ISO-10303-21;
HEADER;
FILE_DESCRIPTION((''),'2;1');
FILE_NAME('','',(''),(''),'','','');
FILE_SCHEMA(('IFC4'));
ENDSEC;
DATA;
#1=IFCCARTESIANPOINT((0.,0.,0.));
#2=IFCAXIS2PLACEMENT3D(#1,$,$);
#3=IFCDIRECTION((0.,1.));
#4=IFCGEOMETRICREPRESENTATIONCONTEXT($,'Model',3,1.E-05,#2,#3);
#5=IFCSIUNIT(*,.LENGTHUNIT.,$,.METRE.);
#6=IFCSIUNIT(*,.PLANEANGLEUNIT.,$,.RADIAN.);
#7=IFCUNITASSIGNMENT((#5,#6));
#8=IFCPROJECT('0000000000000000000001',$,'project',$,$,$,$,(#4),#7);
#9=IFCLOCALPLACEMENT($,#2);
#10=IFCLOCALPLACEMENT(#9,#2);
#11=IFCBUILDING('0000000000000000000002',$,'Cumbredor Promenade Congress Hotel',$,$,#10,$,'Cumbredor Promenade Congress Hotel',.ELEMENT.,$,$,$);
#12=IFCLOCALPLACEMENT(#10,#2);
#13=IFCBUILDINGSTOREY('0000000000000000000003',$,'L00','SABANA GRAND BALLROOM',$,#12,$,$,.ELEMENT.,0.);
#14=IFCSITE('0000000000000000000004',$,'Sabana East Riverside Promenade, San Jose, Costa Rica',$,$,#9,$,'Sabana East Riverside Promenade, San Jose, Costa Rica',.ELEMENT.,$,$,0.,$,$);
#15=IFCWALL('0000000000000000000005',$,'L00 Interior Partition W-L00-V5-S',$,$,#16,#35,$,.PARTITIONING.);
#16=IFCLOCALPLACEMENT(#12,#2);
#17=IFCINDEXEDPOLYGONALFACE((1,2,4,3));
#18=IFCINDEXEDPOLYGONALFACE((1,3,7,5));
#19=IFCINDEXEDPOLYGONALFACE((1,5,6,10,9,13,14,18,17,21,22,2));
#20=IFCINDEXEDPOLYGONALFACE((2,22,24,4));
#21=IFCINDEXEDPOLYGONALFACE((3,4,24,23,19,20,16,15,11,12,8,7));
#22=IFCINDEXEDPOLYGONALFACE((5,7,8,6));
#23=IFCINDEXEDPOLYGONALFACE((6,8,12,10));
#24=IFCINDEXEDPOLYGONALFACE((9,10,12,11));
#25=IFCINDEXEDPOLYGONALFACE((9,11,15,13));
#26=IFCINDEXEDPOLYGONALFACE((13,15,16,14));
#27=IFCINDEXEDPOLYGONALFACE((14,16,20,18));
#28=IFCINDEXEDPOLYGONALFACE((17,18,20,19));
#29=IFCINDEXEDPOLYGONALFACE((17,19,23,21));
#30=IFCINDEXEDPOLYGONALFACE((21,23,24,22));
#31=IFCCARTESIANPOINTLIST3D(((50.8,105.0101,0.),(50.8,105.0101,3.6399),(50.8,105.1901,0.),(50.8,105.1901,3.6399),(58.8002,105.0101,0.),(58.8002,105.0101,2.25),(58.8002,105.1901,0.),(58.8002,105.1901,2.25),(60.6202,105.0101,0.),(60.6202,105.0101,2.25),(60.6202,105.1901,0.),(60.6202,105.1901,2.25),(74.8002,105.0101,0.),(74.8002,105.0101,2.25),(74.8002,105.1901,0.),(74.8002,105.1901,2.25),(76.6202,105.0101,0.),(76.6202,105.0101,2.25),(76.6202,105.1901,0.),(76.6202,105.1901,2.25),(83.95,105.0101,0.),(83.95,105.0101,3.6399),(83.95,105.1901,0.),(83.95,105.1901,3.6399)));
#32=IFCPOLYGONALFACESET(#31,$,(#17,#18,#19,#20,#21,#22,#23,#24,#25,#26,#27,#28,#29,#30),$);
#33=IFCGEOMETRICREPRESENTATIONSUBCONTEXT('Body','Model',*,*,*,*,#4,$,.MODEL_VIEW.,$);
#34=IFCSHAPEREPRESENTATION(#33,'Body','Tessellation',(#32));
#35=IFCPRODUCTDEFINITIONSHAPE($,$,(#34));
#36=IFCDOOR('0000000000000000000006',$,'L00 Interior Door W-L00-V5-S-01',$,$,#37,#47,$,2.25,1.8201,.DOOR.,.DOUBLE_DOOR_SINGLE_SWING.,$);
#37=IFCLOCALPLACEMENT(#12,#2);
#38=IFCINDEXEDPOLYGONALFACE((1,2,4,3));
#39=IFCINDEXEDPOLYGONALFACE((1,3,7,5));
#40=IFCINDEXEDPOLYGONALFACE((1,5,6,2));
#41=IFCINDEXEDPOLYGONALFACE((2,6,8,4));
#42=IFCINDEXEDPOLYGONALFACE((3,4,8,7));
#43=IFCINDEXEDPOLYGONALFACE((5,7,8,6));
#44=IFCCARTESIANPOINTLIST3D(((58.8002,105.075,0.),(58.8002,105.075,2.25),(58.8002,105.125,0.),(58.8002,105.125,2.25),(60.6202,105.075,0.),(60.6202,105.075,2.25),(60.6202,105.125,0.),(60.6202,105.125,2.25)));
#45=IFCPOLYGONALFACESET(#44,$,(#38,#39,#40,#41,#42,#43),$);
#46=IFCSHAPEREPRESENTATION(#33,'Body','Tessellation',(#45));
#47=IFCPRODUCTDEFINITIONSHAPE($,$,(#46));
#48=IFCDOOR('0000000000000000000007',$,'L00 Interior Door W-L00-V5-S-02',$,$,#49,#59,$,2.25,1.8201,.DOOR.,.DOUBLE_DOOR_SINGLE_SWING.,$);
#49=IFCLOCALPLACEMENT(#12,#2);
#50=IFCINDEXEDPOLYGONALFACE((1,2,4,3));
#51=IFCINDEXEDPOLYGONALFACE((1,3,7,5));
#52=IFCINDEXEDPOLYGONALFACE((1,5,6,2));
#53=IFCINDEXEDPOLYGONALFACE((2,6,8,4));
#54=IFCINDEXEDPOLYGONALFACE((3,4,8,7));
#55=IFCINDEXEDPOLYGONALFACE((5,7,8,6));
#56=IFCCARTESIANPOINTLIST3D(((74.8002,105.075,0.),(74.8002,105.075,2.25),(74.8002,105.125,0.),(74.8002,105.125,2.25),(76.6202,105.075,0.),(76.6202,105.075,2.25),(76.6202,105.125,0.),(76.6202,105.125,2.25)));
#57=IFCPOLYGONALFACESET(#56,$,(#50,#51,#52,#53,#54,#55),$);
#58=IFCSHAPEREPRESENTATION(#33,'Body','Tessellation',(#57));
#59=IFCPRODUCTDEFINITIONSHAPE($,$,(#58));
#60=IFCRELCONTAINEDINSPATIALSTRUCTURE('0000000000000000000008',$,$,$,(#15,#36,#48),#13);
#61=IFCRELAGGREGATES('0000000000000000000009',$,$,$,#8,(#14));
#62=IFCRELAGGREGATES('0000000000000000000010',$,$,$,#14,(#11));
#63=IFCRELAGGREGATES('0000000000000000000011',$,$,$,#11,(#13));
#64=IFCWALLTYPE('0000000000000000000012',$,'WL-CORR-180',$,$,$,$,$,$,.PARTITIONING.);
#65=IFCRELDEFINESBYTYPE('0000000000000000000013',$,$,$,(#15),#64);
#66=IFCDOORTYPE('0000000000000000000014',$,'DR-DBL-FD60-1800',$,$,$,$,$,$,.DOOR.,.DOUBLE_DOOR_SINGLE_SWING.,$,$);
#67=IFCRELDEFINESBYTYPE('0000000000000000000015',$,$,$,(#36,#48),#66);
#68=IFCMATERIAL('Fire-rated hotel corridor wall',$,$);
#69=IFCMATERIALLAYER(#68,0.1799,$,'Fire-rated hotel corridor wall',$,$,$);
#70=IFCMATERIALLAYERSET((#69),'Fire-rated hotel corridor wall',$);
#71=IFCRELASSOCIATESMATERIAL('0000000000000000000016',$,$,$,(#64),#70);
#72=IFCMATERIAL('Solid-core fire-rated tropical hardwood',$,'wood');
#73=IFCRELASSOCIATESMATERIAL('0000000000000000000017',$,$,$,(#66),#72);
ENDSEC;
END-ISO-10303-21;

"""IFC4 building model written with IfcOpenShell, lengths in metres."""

from ifc_helpers import new_model, si_unit, direction, frame, frame_2d, origin, place, context, subcontext, project, spatial, rectangle, extrude, material, layer, layer_set, type_object, element, fill, save


model = new_model("IFC4")

# Units and contexts
model_context = context("Model", 3, precision=1e-05, world=origin(), true_north=direction((0.0, 1.0)))
body_context = subcontext(model_context, "Body", "Model", "MODEL_VIEW")
ifc_project = project(units=[si_unit("LENGTHUNIT", "METRE"), si_unit("PLANEANGLEUNIT", "RADIAN")], contexts=[model_context])

# Site, building, storey
site_placement = place(None, origin())
site = spatial("IfcSite", under=ifc_project, at=site_placement, Name="Sabana East Riverside Promenade, San Jose, Costa Rica", LongName="Sabana East Riverside Promenade, San Jose, Costa Rica", CompositionType="ELEMENT", RefElevation=0.0)
building_placement = place(site_placement, origin())
building = spatial("IfcBuilding", under=site, at=building_placement, Name="Cumbredor Promenade Congress Hotel", LongName="Cumbredor Promenade Congress Hotel", CompositionType="ELEMENT")
storey_placement = place(building_placement, origin())
storey = spatial("IfcBuildingStorey", under=building, at=storey_placement, Name="L00", Description="SABANA GRAND BALLROOM", CompositionType="ELEMENT", Elevation=0.0)

# Wall, openings, doors
ifc_material_1 = material(Name="Fire-rated hotel corridor wall")
ifc_layer = layer(ifc_material_1, 0.1799, Name="Fire-rated hotel corridor wall")
ifc_layer_set = layer_set([ifc_layer], Name="Fire-rated hotel corridor wall")
wall_type = type_object("IfcWallType", Name="WL-CORR-180", PredefinedType="PARTITIONING", material=ifc_layer_set)
wall_placement = place(storey_placement, frame((50.8, 105.1001, 0.0), z_axis=(0.0, 0.0, 1.0), x_axis=(1.0, 0.0, 0.0)))
wall = element("IfcWall", 1, at=wall_placement, inside=storey, type_object=wall_type, Name="L00 Interior Partition W-L00-V5-S", PredefinedType="PARTITIONING", context=body_context, shape_type="SweptSolid", body=[
    extrude(rectangle(XDim=33.1499, YDim=0.1799, at=frame_2d((16.575, 0.0))), origin(), (0.0, 0.0, 1.0), 3.6399),
])
opening_1_placement = place(wall_placement, frame((8.0, 0.0, 0.0)))
opening_1 = element("IfcOpeningElement", 2, at=opening_1_placement, cuts=wall, PredefinedType="OPENING", context=body_context, shape_type="SweptSolid", body=[
    extrude(rectangle(XDim=1.8201, YDim=2.25, at=frame_2d((0.9102, 1.125))), frame((0.0, 0.1001, 0.0), z_axis=(0.0, -1.0, 0.0), x_axis=(1.0, 0.0, 0.0)), (0.0, 0.0, 1.0), 0.2),
])
opening_2_placement = place(wall_placement, frame((24.0, 0.0, 0.0)))
opening_2 = element("IfcOpeningElement", 3, at=opening_2_placement, cuts=wall, PredefinedType="OPENING", context=body_context, shape_type="SweptSolid", body=[
    extrude(rectangle(XDim=1.8201, YDim=2.25, at=frame_2d((0.9102, 1.125))), frame((0.0, 0.1001, 0.0), z_axis=(0.0, -1.0, 0.0), x_axis=(1.0, 0.0, 0.0)), (0.0, 0.0, 1.0), 0.2),
])
ifc_material_2 = material(Name="Solid-core fire-rated tropical hardwood", Category="wood")
door_type = type_object("IfcDoorType", Name="DR-DBL-FD60-1800", OperationType="DOUBLE_DOOR_SINGLE_SWING", PredefinedType="DOOR", material=ifc_material_2)
door_1_placement = place(opening_1_placement, origin())
door_1 = element("IfcDoor", 4, at=door_1_placement, inside=storey, type_object=door_type, Name="L00 Interior Door W-L00-V5-S-01", OperationType="DOUBLE_DOOR_SINGLE_SWING", OverallHeight=2.25, OverallWidth=1.8201, PredefinedType="DOOR", context=body_context, shape_type="SweptSolid", body=[
    extrude(rectangle(XDim=1.8201, YDim=2.25, at=frame_2d((0.9102, 1.125))), frame((0.0, 0.0249, 0.0), z_axis=(0.0, -1.0, 0.0), x_axis=(1.0, 0.0, 0.0)), (0.0, 0.0, 1.0), 0.05),
])
fill(opening_1, door_1)
door_2_placement = place(opening_2_placement, origin())
door_2 = element("IfcDoor", 5, at=door_2_placement, inside=storey, type_object=door_type, Name="L00 Interior Door W-L00-V5-S-02", OperationType="DOUBLE_DOOR_SINGLE_SWING", OverallHeight=2.25, OverallWidth=1.8201, PredefinedType="DOOR", context=body_context, shape_type="SweptSolid", body=[
    extrude(rectangle(XDim=1.8201, YDim=2.25, at=frame_2d((0.9102, 1.125))), frame((0.0, 0.0249, 0.0), z_axis=(0.0, -1.0, 0.0), x_axis=(1.0, 0.0, 0.0)), (0.0, 0.0, 1.0), 0.05),
])
fill(opening_2, door_2)

save(model, "model.ifc")
